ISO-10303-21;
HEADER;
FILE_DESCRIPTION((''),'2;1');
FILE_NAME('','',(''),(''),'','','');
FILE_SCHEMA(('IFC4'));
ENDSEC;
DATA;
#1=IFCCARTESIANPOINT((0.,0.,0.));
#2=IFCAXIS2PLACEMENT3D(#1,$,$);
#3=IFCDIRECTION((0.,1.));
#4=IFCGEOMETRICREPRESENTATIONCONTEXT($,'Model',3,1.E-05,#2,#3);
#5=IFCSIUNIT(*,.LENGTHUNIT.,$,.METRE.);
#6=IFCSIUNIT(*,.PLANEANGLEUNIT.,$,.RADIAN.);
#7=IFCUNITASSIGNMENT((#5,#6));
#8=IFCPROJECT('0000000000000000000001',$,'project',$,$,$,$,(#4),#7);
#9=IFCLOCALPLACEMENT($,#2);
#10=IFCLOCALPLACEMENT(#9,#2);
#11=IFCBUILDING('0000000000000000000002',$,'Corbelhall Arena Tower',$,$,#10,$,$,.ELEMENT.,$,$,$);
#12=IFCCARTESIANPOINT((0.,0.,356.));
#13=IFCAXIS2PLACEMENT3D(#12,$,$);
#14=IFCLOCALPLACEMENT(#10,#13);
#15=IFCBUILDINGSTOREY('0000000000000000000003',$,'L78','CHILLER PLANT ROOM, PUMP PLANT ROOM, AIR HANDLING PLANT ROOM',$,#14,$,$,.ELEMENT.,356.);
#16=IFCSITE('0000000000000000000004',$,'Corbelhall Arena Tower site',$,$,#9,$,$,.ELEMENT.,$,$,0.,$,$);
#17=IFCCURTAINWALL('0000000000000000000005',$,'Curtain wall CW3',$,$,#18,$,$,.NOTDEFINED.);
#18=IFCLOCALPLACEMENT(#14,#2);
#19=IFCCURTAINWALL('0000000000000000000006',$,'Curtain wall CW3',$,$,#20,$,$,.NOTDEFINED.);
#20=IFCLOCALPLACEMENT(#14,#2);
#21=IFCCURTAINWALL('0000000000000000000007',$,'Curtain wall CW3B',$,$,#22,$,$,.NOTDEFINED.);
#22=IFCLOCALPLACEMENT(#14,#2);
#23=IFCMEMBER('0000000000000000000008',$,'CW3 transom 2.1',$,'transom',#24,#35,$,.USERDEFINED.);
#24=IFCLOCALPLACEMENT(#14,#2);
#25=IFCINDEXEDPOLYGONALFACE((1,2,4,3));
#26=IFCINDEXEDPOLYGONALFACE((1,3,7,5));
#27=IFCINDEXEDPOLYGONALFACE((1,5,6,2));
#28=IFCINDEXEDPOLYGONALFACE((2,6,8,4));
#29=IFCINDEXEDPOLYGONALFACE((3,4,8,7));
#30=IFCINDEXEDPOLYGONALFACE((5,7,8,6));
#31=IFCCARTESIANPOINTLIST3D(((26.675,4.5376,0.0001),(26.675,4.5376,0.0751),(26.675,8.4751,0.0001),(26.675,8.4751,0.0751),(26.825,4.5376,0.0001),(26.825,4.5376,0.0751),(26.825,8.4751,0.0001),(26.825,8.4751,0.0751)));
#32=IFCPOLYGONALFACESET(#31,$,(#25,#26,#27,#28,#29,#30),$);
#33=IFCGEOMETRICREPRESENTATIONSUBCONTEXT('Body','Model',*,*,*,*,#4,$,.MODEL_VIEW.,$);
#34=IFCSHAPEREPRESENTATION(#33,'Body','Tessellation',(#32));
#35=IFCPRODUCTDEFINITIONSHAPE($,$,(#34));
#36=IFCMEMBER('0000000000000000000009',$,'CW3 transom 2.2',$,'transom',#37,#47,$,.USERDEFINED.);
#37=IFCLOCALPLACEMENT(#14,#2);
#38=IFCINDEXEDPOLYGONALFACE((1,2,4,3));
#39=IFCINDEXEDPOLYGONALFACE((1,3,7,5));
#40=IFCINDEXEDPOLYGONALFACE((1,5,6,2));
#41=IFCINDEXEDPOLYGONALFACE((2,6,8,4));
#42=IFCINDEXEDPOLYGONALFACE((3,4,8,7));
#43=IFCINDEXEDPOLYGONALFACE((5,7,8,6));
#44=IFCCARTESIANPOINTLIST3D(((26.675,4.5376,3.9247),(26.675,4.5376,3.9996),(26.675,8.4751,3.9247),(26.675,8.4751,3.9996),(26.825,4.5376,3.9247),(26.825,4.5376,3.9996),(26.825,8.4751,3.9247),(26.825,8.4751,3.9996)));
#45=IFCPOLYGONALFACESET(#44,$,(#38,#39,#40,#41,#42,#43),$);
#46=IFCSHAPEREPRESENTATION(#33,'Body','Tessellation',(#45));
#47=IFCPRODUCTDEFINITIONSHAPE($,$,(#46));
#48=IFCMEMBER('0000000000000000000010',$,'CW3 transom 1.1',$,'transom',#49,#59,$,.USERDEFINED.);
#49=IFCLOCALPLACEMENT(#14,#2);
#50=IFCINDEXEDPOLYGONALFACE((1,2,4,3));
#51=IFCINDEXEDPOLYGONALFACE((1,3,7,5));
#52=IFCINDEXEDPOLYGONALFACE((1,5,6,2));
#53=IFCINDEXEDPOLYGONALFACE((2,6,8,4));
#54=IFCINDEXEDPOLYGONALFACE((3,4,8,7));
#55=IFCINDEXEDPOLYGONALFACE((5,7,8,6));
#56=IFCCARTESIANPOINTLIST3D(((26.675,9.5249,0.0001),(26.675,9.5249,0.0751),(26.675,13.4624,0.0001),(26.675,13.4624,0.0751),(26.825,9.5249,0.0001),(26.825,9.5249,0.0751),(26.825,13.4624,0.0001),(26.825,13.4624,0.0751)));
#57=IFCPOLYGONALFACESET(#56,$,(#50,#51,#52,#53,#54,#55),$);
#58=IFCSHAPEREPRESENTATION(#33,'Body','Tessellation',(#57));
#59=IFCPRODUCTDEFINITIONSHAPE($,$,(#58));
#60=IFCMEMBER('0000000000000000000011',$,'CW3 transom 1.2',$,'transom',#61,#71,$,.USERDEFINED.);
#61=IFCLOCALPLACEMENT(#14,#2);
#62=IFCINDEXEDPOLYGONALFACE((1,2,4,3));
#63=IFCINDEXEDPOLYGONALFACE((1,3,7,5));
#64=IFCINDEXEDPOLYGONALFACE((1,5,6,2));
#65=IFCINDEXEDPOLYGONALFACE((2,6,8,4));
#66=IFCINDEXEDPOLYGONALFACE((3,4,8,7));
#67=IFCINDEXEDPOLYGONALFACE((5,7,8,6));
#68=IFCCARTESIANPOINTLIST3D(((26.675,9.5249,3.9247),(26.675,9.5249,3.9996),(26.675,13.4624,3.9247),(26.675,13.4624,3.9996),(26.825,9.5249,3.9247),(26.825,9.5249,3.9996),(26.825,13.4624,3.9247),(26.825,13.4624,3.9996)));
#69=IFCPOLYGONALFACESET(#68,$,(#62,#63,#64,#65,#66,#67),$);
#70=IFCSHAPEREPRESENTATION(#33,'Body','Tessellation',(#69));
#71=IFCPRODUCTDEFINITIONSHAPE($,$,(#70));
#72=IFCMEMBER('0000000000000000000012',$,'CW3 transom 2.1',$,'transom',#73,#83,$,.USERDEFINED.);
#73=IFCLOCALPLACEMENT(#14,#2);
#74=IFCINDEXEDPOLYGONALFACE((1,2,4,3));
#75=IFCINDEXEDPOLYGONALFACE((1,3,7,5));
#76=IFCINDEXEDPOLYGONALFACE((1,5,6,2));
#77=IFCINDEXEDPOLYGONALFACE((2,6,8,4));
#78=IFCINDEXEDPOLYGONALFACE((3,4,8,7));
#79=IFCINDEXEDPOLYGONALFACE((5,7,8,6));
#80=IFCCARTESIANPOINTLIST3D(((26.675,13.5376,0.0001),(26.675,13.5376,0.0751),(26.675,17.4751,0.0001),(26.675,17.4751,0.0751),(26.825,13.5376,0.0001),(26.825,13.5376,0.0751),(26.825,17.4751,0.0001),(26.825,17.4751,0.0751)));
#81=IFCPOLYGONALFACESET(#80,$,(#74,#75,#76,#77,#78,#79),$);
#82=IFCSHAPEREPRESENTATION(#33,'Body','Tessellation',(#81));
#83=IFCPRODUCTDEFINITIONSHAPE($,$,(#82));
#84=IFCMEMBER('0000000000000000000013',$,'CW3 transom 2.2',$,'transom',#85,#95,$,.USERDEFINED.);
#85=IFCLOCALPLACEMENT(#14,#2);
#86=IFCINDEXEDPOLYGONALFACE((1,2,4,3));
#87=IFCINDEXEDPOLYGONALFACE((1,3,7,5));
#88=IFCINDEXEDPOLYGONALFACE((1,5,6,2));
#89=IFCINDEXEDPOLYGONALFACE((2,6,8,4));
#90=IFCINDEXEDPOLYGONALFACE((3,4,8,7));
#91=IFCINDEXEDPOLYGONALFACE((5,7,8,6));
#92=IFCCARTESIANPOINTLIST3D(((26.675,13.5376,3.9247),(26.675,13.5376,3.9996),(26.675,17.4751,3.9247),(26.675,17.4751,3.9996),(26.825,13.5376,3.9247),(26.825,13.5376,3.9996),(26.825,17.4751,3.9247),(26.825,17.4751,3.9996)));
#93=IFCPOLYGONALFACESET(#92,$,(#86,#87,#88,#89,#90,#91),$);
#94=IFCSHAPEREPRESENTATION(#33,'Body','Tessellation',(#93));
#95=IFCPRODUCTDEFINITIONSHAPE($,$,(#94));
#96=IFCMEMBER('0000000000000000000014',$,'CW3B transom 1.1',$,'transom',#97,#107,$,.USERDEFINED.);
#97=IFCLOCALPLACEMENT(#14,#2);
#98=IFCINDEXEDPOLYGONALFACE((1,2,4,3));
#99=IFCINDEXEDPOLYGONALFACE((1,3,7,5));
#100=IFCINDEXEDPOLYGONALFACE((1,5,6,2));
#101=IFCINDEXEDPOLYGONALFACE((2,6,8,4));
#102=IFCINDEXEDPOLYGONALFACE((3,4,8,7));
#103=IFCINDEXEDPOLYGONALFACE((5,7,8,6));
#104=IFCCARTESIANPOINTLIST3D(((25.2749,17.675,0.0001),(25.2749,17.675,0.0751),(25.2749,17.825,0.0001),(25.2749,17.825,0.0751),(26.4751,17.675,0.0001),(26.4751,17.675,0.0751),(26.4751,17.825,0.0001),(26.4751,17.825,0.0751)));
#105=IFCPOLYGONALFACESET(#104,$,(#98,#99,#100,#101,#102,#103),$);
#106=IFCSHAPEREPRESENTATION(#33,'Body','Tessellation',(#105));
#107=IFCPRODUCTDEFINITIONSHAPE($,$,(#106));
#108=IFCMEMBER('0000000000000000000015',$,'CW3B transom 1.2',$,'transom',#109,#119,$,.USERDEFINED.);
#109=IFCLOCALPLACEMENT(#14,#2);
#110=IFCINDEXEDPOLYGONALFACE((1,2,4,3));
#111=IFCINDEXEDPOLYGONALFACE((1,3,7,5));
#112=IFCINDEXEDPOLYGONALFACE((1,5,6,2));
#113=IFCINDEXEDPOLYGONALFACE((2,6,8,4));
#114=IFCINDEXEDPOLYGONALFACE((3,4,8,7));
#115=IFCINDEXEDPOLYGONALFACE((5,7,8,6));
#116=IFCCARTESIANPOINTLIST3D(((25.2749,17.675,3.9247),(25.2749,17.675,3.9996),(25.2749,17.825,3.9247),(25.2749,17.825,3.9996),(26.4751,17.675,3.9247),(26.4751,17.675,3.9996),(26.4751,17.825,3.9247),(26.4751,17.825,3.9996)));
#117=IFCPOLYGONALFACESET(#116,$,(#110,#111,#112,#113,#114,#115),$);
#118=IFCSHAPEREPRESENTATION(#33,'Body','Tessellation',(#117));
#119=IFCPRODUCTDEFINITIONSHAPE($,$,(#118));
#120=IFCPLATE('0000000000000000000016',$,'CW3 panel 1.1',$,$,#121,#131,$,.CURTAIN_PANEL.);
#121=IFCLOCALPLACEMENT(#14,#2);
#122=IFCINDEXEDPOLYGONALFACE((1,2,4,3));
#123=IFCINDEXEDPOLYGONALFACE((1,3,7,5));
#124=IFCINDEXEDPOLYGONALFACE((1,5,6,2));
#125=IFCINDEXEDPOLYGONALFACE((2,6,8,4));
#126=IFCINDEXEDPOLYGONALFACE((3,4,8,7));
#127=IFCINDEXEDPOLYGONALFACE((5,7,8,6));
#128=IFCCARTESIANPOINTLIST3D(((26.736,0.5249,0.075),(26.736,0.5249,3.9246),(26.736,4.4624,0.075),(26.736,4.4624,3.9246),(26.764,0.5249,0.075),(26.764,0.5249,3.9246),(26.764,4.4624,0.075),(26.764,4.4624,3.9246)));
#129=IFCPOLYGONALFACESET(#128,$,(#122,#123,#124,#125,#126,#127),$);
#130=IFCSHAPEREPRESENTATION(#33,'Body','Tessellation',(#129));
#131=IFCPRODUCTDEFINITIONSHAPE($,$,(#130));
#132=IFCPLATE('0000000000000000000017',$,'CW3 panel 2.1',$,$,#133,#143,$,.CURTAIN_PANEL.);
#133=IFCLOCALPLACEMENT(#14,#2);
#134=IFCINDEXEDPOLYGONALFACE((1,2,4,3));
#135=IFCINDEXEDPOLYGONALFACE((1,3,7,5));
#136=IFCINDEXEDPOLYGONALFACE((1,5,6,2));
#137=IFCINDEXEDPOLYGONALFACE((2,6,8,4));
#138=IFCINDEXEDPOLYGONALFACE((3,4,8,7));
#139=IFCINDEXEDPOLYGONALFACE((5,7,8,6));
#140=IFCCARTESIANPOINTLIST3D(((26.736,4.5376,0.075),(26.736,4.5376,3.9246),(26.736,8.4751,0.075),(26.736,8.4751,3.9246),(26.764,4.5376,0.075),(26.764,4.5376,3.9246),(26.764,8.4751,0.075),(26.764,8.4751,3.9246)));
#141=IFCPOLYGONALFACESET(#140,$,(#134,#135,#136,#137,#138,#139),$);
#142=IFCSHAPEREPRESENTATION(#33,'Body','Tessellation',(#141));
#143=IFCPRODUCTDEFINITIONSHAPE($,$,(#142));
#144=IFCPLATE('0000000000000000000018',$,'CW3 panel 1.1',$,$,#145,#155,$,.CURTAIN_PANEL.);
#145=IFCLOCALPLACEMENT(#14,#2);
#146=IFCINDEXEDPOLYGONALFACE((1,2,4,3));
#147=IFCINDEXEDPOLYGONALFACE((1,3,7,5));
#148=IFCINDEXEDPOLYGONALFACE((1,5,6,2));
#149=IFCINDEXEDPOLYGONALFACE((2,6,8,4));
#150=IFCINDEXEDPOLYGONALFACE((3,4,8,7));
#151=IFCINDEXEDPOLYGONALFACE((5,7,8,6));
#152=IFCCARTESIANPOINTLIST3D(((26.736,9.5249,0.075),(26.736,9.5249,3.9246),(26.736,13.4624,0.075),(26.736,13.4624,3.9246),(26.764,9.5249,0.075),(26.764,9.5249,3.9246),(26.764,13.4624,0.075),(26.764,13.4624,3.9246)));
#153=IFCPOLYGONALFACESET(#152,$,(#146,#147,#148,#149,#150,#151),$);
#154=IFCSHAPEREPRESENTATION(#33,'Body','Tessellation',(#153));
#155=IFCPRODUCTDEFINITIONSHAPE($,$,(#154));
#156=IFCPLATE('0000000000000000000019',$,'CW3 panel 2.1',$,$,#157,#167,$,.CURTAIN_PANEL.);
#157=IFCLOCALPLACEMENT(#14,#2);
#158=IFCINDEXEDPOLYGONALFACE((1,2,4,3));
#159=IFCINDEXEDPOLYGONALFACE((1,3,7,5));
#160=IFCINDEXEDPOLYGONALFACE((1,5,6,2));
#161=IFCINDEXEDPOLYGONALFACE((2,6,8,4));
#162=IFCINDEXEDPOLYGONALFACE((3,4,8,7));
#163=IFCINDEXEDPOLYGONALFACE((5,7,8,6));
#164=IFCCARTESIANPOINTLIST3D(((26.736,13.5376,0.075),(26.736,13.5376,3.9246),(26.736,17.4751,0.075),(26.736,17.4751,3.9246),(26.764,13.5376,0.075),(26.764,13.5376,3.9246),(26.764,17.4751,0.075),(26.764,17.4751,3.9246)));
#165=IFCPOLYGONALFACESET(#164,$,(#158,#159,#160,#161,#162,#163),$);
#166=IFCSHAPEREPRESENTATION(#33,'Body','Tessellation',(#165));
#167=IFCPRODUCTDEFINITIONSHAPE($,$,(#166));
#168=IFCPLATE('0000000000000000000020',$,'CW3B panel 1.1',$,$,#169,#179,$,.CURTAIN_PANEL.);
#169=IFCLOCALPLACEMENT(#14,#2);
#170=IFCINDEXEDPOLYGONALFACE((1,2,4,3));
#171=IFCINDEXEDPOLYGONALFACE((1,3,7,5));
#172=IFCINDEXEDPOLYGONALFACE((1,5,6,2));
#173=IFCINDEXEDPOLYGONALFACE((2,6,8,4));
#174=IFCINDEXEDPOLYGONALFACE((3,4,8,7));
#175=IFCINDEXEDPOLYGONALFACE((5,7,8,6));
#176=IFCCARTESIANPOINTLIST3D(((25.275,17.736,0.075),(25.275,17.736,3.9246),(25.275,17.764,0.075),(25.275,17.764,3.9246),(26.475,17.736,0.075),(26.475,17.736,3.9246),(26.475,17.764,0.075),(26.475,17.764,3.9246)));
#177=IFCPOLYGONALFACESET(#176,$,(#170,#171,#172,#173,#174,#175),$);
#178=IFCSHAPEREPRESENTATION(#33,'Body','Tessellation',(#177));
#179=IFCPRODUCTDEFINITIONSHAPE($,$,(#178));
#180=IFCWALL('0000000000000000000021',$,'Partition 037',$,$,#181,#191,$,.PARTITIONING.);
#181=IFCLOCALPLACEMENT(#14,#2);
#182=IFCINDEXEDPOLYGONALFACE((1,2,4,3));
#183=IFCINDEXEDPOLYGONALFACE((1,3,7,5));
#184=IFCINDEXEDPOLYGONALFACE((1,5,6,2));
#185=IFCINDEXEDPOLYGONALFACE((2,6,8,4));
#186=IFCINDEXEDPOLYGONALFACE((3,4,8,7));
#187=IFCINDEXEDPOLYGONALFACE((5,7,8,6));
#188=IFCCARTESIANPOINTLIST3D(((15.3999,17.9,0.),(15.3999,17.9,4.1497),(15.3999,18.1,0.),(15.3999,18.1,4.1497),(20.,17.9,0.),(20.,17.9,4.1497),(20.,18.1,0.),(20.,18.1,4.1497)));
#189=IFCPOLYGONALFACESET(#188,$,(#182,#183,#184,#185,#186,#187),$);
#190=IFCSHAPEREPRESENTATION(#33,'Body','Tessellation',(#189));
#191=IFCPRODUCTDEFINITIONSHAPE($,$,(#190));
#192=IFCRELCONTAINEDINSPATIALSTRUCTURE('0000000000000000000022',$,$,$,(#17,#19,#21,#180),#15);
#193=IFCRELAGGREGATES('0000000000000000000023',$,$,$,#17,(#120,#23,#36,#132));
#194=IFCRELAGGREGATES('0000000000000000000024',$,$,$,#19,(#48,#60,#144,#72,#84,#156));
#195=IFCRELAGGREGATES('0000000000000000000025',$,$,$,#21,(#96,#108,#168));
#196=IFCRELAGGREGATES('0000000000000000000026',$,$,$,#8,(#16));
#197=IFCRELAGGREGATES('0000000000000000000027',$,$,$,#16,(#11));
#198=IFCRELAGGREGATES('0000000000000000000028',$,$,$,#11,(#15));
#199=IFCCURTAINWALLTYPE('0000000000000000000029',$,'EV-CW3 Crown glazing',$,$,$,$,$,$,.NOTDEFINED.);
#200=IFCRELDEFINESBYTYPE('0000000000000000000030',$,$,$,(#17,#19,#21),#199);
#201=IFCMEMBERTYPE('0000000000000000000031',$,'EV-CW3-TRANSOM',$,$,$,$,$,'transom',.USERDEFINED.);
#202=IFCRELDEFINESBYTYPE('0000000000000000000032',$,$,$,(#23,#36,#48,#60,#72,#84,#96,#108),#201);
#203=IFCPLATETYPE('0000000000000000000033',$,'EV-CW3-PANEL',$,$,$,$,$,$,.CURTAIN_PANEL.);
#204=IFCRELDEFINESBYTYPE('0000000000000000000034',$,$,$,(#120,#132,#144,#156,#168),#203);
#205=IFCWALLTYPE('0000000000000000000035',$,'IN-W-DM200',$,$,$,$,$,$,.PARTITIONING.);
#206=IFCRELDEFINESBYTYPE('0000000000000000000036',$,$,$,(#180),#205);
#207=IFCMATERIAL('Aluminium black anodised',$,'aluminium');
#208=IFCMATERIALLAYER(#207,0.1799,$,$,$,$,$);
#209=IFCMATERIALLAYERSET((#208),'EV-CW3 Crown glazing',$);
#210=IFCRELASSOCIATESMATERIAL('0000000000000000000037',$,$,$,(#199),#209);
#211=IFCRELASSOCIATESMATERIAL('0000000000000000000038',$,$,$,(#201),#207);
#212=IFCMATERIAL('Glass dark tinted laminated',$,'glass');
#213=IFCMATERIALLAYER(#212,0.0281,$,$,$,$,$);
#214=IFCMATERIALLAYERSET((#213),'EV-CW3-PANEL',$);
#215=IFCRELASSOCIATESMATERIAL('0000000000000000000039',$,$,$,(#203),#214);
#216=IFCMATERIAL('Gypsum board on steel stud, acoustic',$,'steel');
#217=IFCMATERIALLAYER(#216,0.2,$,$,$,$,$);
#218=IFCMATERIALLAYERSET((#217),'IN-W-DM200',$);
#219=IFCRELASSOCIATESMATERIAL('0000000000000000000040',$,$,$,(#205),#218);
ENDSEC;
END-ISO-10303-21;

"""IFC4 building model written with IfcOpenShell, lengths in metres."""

from ifc_helpers import new_model, si_unit, direction, frame, frame_2d, origin, origin_2d, place, context, subcontext, project, spatial, rectangle, extrude, material, layer, layer_set, material_profile, profile_set, type_object, element, aggregate, save


model = new_model("IFC4")

# Units and contexts
model_context = context("Model", 3, precision=1e-05, world=origin(), true_north=direction((0.0, 1.0)))
body_context = subcontext(model_context, "Body", "Model", "MODEL_VIEW")
ifc_project = project(units=[si_unit("LENGTHUNIT", "METRE"), si_unit("PLANEANGLEUNIT", "RADIAN")], contexts=[model_context])

# Site, building, storey
site_placement = place(None, origin())
site = spatial("IfcSite", under=ifc_project, at=site_placement, Name="Corbelhall Arena Tower site", CompositionType="ELEMENT", RefElevation=0.0)
building_placement = place(site_placement, origin())
building = spatial("IfcBuilding", under=site, at=building_placement, Name="Corbelhall Arena Tower", CompositionType="ELEMENT")
storey_placement = place(building_placement, frame((0.0, 0.0, 356.0)))
storey = spatial("IfcBuildingStorey", under=building, at=storey_placement, Name="L78", Description="CHILLER PLANT ROOM, PUMP PLANT ROOM, AIR HANDLING PLANT ROOM", CompositionType="ELEMENT", Elevation=356.0)

# Curtain walls
ifc_material_1 = material(Name="Aluminium black anodised", Category="aluminium")
ifc_layer_1 = layer(ifc_material_1, 0.1799)
ifc_layer_set_1 = layer_set([ifc_layer_1], Name="EV-CW3 Crown glazing")
curtain_wall_type = type_object("IfcCurtainWallType", Name="EV-CW3 Crown glazing", PredefinedType="NOTDEFINED", material=ifc_layer_set_1)
curtain_wall_1_placement = place(storey_placement, origin())
curtain_wall_1 = element("IfcCurtainWall", 1, at=curtain_wall_1_placement, inside=storey, type_object=curtain_wall_type, Name="Curtain wall CW3", PredefinedType="NOTDEFINED")
curtain_wall_2_placement = place(storey_placement, origin())
curtain_wall_2 = element("IfcCurtainWall", 2, at=curtain_wall_2_placement, inside=storey, type_object=curtain_wall_type, Name="Curtain wall CW3", PredefinedType="NOTDEFINED")
curtain_wall_3_placement = place(storey_placement, origin())
curtain_wall_3 = element("IfcCurtainWall", 3, at=curtain_wall_3_placement, inside=storey, type_object=curtain_wall_type, Name="Curtain wall CW3B", PredefinedType="NOTDEFINED")

# Members
ifc_material_profile_1 = material_profile(ifc_material_1, rectangle(XDim=0.1499, YDim=0.075, at=origin_2d()))
ifc_profile_set_1 = profile_set([ifc_material_profile_1], Name="Aluminium black anodised")
member_type_1 = type_object("IfcMemberType", Name="EV-CW3-TRANSOM", ElementType="transom", PredefinedType="USERDEFINED", material=ifc_profile_set_1)
member_1_placement = place(storey_placement, frame((26.75, 4.5376, 0.0376), z_axis=(0.0, 1.0, 0.0), x_axis=(-1.0, 0.0, 0.0)))
member_1 = element("IfcMember", 4, at=member_1_placement, type_object=member_type_1, Name="CW3 transom 2.1", ObjectType="transom", PredefinedType="USERDEFINED", context=body_context, shape_type="SweptSolid", body=[
    extrude(rectangle(XDim=0.1499, YDim=0.075, at=origin_2d()), origin(), (0.0, 0.0, 1.0), 3.9375),
])
member_2_placement = place(storey_placement, frame((26.75, 4.5376, 3.9622), z_axis=(0.0, 1.0, 0.0), x_axis=(-1.0, 0.0, 0.0)))
member_2 = element("IfcMember", 5, at=member_2_placement, type_object=member_type_1, Name="CW3 transom 2.2", ObjectType="transom", PredefinedType="USERDEFINED", context=body_context, shape_type="SweptSolid", body=[
    extrude(rectangle(XDim=0.1499, YDim=0.075, at=origin_2d()), origin(), (0.0, 0.0, 1.0), 3.9375),
])
member_3_placement = place(storey_placement, frame((26.75, 9.5249, 0.0376), z_axis=(0.0, 1.0, 0.0), x_axis=(-1.0, 0.0, 0.0)))
member_3 = element("IfcMember", 6, at=member_3_placement, type_object=member_type_1, Name="CW3 transom 1.1", ObjectType="transom", PredefinedType="USERDEFINED", context=body_context, shape_type="SweptSolid", body=[
    extrude(rectangle(XDim=0.1499, YDim=0.075, at=origin_2d()), origin(), (0.0, 0.0, 1.0), 3.9375),
])
member_4_placement = place(storey_placement, frame((26.75, 9.5249, 3.9622), z_axis=(0.0, 1.0, 0.0), x_axis=(-1.0, 0.0, 0.0)))
member_4 = element("IfcMember", 7, at=member_4_placement, type_object=member_type_1, Name="CW3 transom 1.2", ObjectType="transom", PredefinedType="USERDEFINED", context=body_context, shape_type="SweptSolid", body=[
    extrude(rectangle(XDim=0.1499, YDim=0.075, at=origin_2d()), origin(), (0.0, 0.0, 1.0), 3.9375),
])
member_5_placement = place(storey_placement, frame((26.75, 13.5376, 0.0376), z_axis=(0.0, 1.0, 0.0), x_axis=(-1.0, 0.0, 0.0)))
member_5 = element("IfcMember", 8, at=member_5_placement, type_object=member_type_1, Name="CW3 transom 2.1", ObjectType="transom", PredefinedType="USERDEFINED", context=body_context, shape_type="SweptSolid", body=[
    extrude(rectangle(XDim=0.1499, YDim=0.075, at=origin_2d()), origin(), (0.0, 0.0, 1.0), 3.9375),
])
member_6_placement = place(storey_placement, frame((26.75, 13.5376, 3.9622), z_axis=(0.0, 1.0, 0.0), x_axis=(-1.0, 0.0, 0.0)))
member_6 = element("IfcMember", 9, at=member_6_placement, type_object=member_type_1, Name="CW3 transom 2.2", ObjectType="transom", PredefinedType="USERDEFINED", context=body_context, shape_type="SweptSolid", body=[
    extrude(rectangle(XDim=0.1499, YDim=0.075, at=origin_2d()), origin(), (0.0, 0.0, 1.0), 3.9375),
])
member_7_placement = place(storey_placement, frame((26.4751, 17.75, 0.0376), z_axis=(-1.0, 0.0, 0.0), x_axis=(0.0, -1.0, 0.0)))
member_7 = element("IfcMember", 10, at=member_7_placement, type_object=member_type_1, Name="CW3B transom 1.1", ObjectType="transom", PredefinedType="USERDEFINED", context=body_context, shape_type="SweptSolid", body=[
    extrude(rectangle(XDim=0.1499, YDim=0.075, at=origin_2d()), origin(), (0.0, 0.0, 1.0), 1.2002),
])
member_8_placement = place(storey_placement, frame((26.4751, 17.75, 3.9622), z_axis=(-1.0, 0.0, 0.0), x_axis=(0.0, -1.0, 0.0)))
member_8 = element("IfcMember", 11, at=member_8_placement, type_object=member_type_1, Name="CW3B transom 1.2", ObjectType="transom", PredefinedType="USERDEFINED", context=body_context, shape_type="SweptSolid", body=[
    extrude(rectangle(XDim=0.1499, YDim=0.075, at=origin_2d()), origin(), (0.0, 0.0, 1.0), 1.2002),
])

# Plates
ifc_material_2 = material(Name="Glass dark tinted laminated", Category="glass")
ifc_layer_2 = layer(ifc_material_2, 0.0281)
ifc_layer_set_2 = layer_set([ifc_layer_2], Name="EV-CW3-PANEL")
plate_type = type_object("IfcPlateType", Name="EV-CW3-PANEL", PredefinedType="CURTAIN_PANEL", material=ifc_layer_set_2)
plate_1_placement = place(storey_placement, frame((26.75, 2.4937, 0.075), z_axis=(0.0, 0.0, 1.0), x_axis=(0.0, 1.0, 0.0)))
plate_1 = element("IfcPlate", 12, at=plate_1_placement, type_object=plate_type, Name="CW3 panel 1.1", PredefinedType="CURTAIN_PANEL", context=body_context, shape_type="SweptSolid", body=[
    extrude(rectangle(XDim=3.9375, YDim=0.0281, at=origin_2d()), origin(), (0.0, 0.0, 1.0), 3.8496),
])
plate_2_placement = place(storey_placement, frame((26.75, 6.5063, 0.075), z_axis=(0.0, 0.0, 1.0), x_axis=(0.0, 1.0, 0.0)))
plate_2 = element("IfcPlate", 13, at=plate_2_placement, type_object=plate_type, Name="CW3 panel 2.1", PredefinedType="CURTAIN_PANEL", context=body_context, shape_type="SweptSolid", body=[
    extrude(rectangle(XDim=3.9375, YDim=0.0281, at=origin_2d()), origin(), (0.0, 0.0, 1.0), 3.8496),
])
aggregate(curtain_wall_1, [plate_1, member_1, member_2, plate_2])
plate_3_placement = place(storey_placement, frame((26.75, 11.4937, 0.075), z_axis=(0.0, 0.0, 1.0), x_axis=(0.0, 1.0, 0.0)))
plate_3 = element("IfcPlate", 14, at=plate_3_placement, type_object=plate_type, Name="CW3 panel 1.1", PredefinedType="CURTAIN_PANEL", context=body_context, shape_type="SweptSolid", body=[
    extrude(rectangle(XDim=3.9375, YDim=0.0281, at=origin_2d()), origin(), (0.0, 0.0, 1.0), 3.8496),
])
plate_4_placement = place(storey_placement, frame((26.75, 15.5063, 0.075), z_axis=(0.0, 0.0, 1.0), x_axis=(0.0, 1.0, 0.0)))
plate_4 = element("IfcPlate", 15, at=plate_4_placement, type_object=plate_type, Name="CW3 panel 2.1", PredefinedType="CURTAIN_PANEL", context=body_context, shape_type="SweptSolid", body=[
    extrude(rectangle(XDim=3.9375, YDim=0.0281, at=origin_2d()), origin(), (0.0, 0.0, 1.0), 3.8496),
])
aggregate(curtain_wall_2, [member_3, member_4, plate_3, member_5, member_6, plate_4])
plate_5_placement = place(storey_placement, frame((25.875, 17.75, 0.075), z_axis=(0.0, 0.0, 1.0), x_axis=(-1.0, 0.0, 0.0)))
plate_5 = element("IfcPlate", 16, at=plate_5_placement, type_object=plate_type, Name="CW3B panel 1.1", PredefinedType="CURTAIN_PANEL", context=body_context, shape_type="SweptSolid", body=[
    extrude(rectangle(XDim=1.2, YDim=0.0281, at=origin_2d()), origin(), (0.0, 0.0, 1.0), 3.8496),
])
aggregate(curtain_wall_3, [member_7, member_8, plate_5])

# Wall
ifc_material_3 = material(Name="Gypsum board on steel stud, acoustic", Category="steel")
ifc_layer_3 = layer(ifc_material_3, 0.2)
ifc_layer_set_3 = layer_set([ifc_layer_3], Name="IN-W-DM200")
wall_type = type_object("IfcWallType", Name="IN-W-DM200", PredefinedType="PARTITIONING", material=ifc_layer_set_3)
wall_placement = place(storey_placement, frame((15.3999, 18.0, 0.0), z_axis=(0.0, 0.0, 1.0), x_axis=(1.0, 0.0, 0.0)))
element("IfcWall", 17, at=wall_placement, inside=storey, type_object=wall_type, Name="Partition 037", PredefinedType="PARTITIONING", context=body_context, shape_type="SweptSolid", body=[
    extrude(rectangle(XDim=4.6001, YDim=0.2, at=frame_2d((2.3, 0.0))), origin(), (0.0, 0.0, 1.0), 4.1497),
])

save(model, "model.ifc")
